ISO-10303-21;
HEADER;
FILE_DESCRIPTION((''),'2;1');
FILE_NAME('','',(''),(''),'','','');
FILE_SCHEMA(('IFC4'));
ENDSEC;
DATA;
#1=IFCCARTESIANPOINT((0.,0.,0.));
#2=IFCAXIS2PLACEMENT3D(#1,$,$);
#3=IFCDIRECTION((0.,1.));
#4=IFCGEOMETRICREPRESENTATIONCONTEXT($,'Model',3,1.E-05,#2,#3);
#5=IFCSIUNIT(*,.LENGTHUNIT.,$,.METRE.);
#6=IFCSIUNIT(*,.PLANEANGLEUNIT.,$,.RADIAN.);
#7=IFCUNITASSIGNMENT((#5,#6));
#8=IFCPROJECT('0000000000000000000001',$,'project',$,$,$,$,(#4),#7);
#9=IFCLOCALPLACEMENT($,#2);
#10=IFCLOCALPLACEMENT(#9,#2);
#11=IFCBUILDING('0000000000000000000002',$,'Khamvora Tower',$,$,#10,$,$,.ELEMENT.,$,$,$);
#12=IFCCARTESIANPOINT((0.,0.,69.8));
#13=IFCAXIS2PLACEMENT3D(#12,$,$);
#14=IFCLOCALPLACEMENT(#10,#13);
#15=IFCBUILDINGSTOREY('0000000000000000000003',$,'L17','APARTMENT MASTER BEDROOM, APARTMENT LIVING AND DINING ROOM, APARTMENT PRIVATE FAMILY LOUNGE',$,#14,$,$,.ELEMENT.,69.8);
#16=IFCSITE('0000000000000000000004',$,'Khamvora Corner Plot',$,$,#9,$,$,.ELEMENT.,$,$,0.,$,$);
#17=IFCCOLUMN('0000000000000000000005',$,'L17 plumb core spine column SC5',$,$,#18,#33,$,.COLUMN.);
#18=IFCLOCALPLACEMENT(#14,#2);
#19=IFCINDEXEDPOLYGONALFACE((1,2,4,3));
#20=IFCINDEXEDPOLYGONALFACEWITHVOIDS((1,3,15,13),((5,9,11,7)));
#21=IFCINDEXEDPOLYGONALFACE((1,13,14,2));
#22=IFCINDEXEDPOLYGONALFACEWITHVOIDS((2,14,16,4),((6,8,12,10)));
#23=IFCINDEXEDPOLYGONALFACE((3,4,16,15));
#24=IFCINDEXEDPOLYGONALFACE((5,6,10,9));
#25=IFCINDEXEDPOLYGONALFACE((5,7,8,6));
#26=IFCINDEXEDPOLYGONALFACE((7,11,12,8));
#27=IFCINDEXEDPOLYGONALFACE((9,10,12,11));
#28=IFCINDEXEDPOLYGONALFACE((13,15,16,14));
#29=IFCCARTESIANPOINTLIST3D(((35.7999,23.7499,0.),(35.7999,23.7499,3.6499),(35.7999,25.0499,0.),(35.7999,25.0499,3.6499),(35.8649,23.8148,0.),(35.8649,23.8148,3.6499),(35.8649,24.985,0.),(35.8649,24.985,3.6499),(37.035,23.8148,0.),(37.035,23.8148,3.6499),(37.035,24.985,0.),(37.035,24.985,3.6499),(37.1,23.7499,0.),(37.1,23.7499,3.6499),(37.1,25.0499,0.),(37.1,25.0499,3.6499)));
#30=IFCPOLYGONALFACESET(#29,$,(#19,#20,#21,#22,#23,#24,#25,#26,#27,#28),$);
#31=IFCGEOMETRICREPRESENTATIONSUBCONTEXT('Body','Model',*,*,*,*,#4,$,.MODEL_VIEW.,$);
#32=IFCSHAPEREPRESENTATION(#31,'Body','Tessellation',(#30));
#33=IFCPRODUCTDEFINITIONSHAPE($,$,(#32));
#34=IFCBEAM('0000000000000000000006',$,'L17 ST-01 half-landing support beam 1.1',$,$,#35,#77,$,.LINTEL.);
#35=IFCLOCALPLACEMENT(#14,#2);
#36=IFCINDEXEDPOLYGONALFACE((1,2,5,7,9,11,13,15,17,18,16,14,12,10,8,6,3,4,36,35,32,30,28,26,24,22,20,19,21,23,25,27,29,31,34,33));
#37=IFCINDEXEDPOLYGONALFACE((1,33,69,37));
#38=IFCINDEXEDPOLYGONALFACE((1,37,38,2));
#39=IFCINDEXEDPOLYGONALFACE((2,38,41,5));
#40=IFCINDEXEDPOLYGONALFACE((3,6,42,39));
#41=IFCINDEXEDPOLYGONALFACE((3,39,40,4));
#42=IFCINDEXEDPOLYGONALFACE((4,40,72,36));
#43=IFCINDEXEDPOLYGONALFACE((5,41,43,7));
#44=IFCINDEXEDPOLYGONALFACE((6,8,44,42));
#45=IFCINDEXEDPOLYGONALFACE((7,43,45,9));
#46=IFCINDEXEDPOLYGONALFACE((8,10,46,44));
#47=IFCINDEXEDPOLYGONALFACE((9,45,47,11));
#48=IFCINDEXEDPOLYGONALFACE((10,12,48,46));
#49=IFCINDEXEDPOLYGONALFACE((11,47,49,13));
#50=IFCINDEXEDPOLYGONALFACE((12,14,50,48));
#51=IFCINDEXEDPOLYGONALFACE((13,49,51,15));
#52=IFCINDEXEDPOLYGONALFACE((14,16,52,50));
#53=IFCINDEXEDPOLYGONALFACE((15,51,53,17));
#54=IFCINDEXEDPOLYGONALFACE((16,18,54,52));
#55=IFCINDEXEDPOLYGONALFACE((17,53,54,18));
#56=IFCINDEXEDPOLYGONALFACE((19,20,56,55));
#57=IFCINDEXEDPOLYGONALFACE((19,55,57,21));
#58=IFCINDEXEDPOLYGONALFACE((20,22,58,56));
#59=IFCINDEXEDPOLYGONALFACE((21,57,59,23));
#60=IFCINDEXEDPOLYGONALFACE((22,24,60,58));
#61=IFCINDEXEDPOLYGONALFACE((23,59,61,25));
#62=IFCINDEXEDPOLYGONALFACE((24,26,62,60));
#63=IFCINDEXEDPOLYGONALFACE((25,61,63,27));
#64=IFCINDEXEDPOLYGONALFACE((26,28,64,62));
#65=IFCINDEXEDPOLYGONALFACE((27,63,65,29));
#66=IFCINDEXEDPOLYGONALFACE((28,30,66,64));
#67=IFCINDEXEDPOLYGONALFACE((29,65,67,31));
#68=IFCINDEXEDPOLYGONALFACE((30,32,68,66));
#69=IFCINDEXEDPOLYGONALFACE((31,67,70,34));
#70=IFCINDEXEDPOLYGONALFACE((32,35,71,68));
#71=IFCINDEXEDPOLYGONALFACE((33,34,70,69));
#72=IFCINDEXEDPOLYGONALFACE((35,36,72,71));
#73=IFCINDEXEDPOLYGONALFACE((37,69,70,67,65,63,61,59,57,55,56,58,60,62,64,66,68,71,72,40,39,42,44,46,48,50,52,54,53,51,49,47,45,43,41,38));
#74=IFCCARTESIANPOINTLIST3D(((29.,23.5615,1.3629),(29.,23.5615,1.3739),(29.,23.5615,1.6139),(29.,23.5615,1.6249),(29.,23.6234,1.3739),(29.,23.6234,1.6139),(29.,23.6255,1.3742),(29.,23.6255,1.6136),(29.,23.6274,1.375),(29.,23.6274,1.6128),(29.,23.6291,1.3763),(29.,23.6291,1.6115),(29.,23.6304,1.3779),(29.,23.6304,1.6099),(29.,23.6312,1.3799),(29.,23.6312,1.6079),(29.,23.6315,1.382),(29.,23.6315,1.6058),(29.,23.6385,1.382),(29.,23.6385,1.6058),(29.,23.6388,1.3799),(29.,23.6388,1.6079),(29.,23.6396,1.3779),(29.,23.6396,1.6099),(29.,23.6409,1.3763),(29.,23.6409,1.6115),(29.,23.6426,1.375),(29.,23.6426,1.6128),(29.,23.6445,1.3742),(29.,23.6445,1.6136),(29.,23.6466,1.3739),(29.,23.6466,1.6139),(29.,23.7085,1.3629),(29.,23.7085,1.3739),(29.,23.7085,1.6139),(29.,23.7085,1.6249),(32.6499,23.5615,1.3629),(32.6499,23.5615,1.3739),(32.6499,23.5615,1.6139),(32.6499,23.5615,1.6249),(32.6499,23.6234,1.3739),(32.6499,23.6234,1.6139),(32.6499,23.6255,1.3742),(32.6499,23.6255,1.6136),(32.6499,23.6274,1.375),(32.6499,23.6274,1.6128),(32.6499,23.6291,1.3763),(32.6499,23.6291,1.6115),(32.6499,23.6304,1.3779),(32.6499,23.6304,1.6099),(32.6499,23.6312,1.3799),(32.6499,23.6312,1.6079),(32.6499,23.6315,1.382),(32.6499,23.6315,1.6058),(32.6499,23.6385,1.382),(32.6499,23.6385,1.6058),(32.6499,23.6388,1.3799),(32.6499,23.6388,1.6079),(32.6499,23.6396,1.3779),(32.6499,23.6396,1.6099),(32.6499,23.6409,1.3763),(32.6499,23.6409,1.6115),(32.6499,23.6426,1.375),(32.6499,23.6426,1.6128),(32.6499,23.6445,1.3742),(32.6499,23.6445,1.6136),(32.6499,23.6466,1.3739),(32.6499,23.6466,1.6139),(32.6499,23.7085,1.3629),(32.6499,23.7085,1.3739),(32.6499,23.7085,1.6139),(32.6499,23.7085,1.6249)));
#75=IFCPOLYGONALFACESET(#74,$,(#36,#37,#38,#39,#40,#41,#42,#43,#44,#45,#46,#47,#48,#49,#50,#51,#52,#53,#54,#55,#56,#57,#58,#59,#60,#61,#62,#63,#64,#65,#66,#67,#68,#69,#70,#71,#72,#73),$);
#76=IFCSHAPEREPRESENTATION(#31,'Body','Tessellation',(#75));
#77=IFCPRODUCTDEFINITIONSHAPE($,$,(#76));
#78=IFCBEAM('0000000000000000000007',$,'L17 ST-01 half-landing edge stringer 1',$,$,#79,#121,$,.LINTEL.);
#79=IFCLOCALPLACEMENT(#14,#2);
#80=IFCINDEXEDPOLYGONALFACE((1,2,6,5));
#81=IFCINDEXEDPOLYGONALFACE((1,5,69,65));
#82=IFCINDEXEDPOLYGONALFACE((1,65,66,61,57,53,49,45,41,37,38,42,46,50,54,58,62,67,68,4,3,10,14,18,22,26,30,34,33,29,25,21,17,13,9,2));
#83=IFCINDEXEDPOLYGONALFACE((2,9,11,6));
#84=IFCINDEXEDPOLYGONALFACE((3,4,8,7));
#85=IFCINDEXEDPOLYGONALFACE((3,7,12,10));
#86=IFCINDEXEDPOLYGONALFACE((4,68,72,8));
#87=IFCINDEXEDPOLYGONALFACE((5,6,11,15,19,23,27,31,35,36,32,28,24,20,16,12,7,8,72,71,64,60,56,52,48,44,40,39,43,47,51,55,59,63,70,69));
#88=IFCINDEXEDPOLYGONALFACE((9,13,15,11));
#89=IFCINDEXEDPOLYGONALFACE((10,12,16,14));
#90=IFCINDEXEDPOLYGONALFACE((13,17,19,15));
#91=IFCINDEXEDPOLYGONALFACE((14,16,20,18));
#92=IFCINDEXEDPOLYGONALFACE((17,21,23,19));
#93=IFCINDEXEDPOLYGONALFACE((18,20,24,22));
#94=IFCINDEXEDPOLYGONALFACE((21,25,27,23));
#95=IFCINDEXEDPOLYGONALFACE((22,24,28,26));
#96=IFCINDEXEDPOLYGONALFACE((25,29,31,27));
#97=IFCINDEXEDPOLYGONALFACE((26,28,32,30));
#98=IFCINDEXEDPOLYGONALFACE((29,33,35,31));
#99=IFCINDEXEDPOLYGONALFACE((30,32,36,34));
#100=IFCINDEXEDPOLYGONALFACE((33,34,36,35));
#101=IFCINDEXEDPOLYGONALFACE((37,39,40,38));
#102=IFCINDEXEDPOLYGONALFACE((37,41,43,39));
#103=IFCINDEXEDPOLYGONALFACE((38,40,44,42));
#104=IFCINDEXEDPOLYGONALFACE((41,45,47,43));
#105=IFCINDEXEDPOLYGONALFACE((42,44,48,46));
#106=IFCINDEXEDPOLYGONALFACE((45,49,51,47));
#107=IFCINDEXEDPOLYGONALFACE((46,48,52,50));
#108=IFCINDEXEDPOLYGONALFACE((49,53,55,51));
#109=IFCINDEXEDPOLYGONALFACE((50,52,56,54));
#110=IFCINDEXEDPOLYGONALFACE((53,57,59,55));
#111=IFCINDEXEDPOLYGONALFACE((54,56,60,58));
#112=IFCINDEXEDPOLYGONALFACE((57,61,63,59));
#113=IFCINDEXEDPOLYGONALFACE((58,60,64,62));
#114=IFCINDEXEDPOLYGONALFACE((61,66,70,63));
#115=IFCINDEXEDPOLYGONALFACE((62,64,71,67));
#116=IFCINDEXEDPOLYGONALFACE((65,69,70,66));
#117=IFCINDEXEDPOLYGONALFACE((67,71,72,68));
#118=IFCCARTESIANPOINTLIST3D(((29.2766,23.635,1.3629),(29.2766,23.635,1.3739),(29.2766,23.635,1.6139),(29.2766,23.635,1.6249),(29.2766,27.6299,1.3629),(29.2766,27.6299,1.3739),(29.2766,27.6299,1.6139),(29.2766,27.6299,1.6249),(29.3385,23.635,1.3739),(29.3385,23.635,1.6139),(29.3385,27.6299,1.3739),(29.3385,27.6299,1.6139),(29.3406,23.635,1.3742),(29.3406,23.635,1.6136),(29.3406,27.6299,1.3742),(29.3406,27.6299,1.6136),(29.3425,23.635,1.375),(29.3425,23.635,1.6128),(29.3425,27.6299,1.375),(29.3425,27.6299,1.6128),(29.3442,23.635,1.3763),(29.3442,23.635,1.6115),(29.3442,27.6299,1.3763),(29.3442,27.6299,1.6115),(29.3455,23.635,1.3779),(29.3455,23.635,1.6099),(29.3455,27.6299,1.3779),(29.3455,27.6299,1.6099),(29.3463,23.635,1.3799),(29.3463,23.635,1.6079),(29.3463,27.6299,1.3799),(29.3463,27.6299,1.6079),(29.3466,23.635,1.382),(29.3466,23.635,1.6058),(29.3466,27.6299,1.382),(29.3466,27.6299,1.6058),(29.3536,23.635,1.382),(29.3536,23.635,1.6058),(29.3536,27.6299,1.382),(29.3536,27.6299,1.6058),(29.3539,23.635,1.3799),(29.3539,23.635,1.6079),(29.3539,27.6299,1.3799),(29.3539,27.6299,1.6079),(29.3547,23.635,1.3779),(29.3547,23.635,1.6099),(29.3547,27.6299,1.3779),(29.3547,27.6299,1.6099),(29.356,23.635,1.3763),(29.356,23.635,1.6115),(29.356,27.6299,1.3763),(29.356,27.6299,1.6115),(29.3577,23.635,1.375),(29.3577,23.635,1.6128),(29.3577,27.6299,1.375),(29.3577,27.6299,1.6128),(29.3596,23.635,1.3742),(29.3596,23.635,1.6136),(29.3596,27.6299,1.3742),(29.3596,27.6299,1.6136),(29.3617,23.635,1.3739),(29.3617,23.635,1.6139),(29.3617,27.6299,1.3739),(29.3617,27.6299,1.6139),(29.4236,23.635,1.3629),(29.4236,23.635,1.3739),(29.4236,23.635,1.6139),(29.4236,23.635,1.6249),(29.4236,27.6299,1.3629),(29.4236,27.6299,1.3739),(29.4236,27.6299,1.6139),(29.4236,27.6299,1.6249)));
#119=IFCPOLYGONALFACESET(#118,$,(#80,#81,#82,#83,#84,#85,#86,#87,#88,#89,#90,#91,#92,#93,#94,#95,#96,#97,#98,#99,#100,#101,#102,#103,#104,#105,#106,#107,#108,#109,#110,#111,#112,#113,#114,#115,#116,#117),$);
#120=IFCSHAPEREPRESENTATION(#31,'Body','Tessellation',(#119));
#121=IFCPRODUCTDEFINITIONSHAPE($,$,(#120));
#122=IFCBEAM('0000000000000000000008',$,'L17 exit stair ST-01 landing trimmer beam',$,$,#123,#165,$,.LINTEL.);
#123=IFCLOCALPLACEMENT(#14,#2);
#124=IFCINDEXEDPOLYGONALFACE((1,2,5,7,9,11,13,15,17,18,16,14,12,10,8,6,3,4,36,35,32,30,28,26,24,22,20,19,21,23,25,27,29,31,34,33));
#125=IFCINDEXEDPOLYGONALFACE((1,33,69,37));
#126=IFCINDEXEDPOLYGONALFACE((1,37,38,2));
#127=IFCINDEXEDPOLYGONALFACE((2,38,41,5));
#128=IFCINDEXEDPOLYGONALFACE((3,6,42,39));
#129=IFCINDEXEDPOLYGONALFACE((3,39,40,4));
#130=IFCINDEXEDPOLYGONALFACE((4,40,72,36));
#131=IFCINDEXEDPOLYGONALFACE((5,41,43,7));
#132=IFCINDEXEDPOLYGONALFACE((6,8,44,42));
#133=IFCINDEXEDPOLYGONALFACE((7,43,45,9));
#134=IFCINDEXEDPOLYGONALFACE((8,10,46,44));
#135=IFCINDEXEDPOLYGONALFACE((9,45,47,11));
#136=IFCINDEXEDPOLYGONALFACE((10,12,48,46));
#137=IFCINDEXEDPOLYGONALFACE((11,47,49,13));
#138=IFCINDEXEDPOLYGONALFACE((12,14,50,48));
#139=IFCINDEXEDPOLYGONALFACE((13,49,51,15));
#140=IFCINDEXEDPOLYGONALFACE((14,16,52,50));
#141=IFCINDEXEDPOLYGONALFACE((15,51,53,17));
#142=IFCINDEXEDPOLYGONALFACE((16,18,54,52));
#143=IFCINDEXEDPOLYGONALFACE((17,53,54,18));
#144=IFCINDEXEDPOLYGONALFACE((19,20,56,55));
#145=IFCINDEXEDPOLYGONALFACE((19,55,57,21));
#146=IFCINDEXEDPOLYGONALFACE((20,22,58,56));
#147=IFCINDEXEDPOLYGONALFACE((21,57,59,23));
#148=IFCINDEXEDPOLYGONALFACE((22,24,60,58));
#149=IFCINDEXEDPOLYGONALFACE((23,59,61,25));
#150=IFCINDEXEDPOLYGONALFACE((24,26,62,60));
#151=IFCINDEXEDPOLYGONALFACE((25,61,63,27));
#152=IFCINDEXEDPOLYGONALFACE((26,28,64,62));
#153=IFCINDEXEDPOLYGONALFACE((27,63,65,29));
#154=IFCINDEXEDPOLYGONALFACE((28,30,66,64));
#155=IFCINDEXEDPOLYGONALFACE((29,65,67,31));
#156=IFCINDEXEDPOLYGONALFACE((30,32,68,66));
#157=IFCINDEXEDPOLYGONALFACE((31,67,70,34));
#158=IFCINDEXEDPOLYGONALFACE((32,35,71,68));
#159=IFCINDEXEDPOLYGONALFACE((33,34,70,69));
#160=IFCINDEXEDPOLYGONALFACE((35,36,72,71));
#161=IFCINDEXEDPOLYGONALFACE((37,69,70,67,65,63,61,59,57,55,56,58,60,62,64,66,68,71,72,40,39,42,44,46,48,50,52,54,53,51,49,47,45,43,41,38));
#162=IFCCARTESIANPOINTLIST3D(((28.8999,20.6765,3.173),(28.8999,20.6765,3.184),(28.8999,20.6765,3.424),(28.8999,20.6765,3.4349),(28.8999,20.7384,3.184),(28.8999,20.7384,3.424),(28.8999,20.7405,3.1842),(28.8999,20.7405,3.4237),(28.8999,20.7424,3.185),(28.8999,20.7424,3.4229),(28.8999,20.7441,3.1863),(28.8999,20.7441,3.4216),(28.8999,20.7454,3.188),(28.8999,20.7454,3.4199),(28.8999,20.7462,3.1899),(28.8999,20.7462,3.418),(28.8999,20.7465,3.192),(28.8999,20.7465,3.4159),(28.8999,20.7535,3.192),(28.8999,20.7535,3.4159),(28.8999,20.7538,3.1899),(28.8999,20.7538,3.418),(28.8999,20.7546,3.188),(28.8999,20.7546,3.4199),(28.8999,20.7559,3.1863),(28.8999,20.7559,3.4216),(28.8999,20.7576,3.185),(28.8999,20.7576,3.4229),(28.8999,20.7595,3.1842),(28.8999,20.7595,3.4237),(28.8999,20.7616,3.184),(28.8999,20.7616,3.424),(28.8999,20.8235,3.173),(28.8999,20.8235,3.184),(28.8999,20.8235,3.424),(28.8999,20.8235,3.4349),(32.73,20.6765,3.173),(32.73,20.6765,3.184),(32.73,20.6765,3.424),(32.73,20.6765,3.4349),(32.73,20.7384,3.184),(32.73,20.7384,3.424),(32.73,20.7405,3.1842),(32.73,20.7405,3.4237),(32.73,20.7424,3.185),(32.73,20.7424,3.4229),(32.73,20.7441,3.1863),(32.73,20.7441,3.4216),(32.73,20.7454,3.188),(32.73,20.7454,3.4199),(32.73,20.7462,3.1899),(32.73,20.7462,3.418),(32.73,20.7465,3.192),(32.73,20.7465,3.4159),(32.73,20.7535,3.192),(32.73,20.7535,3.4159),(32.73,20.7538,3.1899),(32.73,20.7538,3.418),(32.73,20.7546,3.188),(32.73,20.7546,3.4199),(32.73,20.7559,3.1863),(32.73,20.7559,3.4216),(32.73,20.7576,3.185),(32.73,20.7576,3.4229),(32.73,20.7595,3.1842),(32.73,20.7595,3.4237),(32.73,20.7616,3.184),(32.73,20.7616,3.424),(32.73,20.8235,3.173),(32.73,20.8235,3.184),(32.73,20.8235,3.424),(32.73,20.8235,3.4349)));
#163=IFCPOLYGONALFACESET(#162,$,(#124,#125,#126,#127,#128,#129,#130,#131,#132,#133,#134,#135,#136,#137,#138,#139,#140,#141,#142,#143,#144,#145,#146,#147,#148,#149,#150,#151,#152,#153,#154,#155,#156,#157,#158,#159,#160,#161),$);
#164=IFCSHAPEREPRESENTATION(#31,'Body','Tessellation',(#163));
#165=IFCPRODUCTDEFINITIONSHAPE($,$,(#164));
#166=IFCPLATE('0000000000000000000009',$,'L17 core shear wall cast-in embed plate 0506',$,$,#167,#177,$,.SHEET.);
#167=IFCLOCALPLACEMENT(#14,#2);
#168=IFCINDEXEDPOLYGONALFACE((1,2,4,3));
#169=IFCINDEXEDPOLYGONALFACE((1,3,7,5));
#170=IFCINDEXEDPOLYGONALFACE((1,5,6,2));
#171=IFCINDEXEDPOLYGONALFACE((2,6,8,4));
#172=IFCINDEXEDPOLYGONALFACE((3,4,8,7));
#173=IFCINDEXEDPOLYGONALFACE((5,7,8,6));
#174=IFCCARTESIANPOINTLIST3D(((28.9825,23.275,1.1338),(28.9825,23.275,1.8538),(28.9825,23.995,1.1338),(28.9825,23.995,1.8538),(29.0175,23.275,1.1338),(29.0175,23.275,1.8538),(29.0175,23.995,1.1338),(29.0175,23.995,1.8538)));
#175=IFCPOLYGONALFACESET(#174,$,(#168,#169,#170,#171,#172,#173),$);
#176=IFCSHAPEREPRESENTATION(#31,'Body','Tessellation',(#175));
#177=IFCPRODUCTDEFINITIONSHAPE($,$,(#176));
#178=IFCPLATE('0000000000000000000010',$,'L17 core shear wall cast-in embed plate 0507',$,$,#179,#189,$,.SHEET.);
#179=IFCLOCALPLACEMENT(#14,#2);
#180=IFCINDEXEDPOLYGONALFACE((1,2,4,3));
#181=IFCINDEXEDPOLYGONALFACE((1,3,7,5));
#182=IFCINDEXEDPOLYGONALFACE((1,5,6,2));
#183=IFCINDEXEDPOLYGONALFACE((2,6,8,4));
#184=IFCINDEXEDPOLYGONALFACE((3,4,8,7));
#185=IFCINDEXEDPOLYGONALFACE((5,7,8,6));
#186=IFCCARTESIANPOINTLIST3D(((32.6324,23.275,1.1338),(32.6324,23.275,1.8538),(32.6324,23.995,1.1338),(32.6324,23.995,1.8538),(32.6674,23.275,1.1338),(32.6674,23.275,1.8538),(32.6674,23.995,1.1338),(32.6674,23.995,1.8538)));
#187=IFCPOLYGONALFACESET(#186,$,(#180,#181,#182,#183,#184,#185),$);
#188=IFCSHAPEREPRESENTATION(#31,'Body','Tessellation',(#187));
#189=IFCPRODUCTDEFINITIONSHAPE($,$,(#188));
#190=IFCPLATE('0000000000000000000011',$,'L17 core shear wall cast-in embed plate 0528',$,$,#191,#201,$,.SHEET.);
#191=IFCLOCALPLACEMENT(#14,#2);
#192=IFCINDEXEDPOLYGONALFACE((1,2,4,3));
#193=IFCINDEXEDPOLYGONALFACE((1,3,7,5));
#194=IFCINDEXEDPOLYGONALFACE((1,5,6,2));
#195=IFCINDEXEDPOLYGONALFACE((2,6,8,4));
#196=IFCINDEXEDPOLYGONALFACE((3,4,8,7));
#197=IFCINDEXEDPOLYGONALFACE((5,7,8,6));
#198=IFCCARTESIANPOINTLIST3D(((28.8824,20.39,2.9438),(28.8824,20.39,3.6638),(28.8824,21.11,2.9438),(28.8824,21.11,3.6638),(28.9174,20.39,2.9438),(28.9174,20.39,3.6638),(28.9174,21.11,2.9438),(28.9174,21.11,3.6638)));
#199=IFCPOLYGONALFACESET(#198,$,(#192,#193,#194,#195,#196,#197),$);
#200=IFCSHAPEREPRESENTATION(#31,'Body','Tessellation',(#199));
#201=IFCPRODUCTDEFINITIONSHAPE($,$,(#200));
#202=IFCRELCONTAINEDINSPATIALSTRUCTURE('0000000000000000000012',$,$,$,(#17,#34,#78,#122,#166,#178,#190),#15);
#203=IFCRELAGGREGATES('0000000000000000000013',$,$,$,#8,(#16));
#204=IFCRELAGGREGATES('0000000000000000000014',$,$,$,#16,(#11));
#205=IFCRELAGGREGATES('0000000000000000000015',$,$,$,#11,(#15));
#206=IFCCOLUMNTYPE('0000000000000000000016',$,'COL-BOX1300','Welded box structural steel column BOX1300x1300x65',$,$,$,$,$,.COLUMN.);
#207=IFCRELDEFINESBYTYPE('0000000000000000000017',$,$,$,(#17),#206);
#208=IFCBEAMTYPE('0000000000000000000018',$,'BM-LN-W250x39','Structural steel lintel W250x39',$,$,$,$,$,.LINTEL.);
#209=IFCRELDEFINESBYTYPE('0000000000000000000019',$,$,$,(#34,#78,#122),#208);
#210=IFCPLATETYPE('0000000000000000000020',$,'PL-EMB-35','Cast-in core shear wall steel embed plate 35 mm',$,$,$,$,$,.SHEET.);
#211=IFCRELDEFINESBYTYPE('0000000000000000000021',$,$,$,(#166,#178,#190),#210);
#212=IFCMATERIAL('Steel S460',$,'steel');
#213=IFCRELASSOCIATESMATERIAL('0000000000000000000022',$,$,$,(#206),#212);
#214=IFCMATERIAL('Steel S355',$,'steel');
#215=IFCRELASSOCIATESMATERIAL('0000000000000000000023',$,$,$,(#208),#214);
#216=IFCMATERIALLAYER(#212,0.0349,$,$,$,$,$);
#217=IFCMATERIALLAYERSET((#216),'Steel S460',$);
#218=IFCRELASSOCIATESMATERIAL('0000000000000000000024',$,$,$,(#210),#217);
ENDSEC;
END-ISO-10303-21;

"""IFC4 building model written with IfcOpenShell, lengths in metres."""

from ifc_helpers import new_model, si_unit, direction, frame, origin, origin_2d, place, context, subcontext, project, spatial, rectangle, hollow_rectangle, i_section, extrude, material, layer, layer_set, material_profile, profile_set, type_object, element, save


model = new_model("IFC4")

# Units and contexts
model_context = context("Model", 3, precision=1e-05, world=origin(), true_north=direction((0.0, 1.0)))
body_context = subcontext(model_context, "Body", "Model", "MODEL_VIEW")
ifc_project = project(units=[si_unit("LENGTHUNIT", "METRE"), si_unit("PLANEANGLEUNIT", "RADIAN")], contexts=[model_context])

# Site, building, storey
site_placement = place(None, origin())
site = spatial("IfcSite", under=ifc_project, at=site_placement, Name="Khamvora Corner Plot", CompositionType="ELEMENT", RefElevation=0.0)
building_placement = place(site_placement, origin())
building = spatial("IfcBuilding", under=site, at=building_placement, Name="Khamvora Tower", CompositionType="ELEMENT")
storey_placement = place(building_placement, frame((0.0, 0.0, 69.8)))
storey = spatial("IfcBuildingStorey", under=building, at=storey_placement, Name="L17", Description="APARTMENT MASTER BEDROOM, APARTMENT LIVING AND DINING ROOM, APARTMENT PRIVATE FAMILY LOUNGE", CompositionType="ELEMENT", Elevation=69.8)

# Column
ifc_material_1 = material(Name="Steel S460", Category="steel")
ifc_material_profile_1 = material_profile(ifc_material_1, hollow_rectangle(XDim=1.3, YDim=1.3, WallThickness=0.0649, at=origin_2d()), Name="BOX1300x1300x65")
ifc_profile_set_1 = profile_set([ifc_material_profile_1], Name="Steel S460")
column_type = type_object("IfcColumnType", Name="COL-BOX1300", Description="Welded box structural steel column BOX1300x1300x65", PredefinedType="COLUMN", material=ifc_profile_set_1)
column_placement = place(storey_placement, frame((36.45, 24.3999, 0.0), z_axis=(0.0, 0.0, 1.0), x_axis=(1.0, 0.0, 0.0)))
element("IfcColumn", 1, at=column_placement, inside=storey, type_object=column_type, Name="L17 plumb core spine column SC5", PredefinedType="COLUMN", context=body_context, shape_type="SweptSolid", body=[
    extrude(hollow_rectangle(XDim=1.3, YDim=1.3, WallThickness=0.0649, at=origin_2d()), origin(), (0.0, 0.0, 1.0), 3.6499),
])

# Beams
ifc_material_2 = material(Name="Steel S355", Category="steel")
ifc_material_profile_2 = material_profile(ifc_material_2, i_section(OverallWidth=0.147, OverallDepth=0.262, WebThickness=0.0071, FlangeThickness=0.011, FilletRadius=0.0081, at=origin_2d()), Name="W250x39")
ifc_profile_set_2 = profile_set([ifc_material_profile_2], Name="Steel S355")
beam_type = type_object("IfcBeamType", Name="BM-LN-W250x39", Description="Structural steel lintel W250x39", PredefinedType="LINTEL", material=ifc_profile_set_2)
beam_1_placement = place(storey_placement, frame((29.0, 23.635, 1.4939), z_axis=(1.0, 0.0, 0.0), x_axis=(0.0, 1.0, 0.0)))
element("IfcBeam", 2, at=beam_1_placement, inside=storey, type_object=beam_type, Name="L17 ST-01 half-landing support beam 1.1", PredefinedType="LINTEL", context=body_context, shape_type="SweptSolid", body=[
    extrude(i_section(OverallWidth=0.147, OverallDepth=0.262, WebThickness=0.0071, FlangeThickness=0.011, FilletRadius=0.0081, at=origin_2d()), origin(), (0.0, 0.0, 1.0), 3.6499),
])
beam_2_placement = place(storey_placement, frame((29.3501, 23.635, 1.4939), z_axis=(0.0, 1.0, 0.0), x_axis=(-1.0, 0.0, 0.0)))
element("IfcBeam", 3, at=beam_2_placement, inside=storey, type_object=beam_type, Name="L17 ST-01 half-landing edge stringer 1", PredefinedType="LINTEL", context=body_context, shape_type="SweptSolid", body=[
    extrude(i_section(OverallWidth=0.147, OverallDepth=0.262, WebThickness=0.0071, FlangeThickness=0.011, FilletRadius=0.0081, at=origin_2d()), origin(), (0.0, 0.0, 1.0), 3.9949),
])
beam_3_placement = place(storey_placement, frame((28.8999, 20.75, 3.304), z_axis=(1.0, 0.0, 0.0), x_axis=(0.0, 1.0, 0.0)))
element("IfcBeam", 4, at=beam_3_placement, inside=storey, type_object=beam_type, Name="L17 exit stair ST-01 landing trimmer beam", PredefinedType="LINTEL", context=body_context, shape_type="SweptSolid", body=[
    extrude(i_section(OverallWidth=0.147, OverallDepth=0.262, WebThickness=0.0071, FlangeThickness=0.011, FilletRadius=0.0081, at=origin_2d()), origin(), (0.0, 0.0, 1.0), 3.8301),
])

# Plates
ifc_layer_1 = layer(ifc_material_1, 0.0349)
ifc_layer_set_1 = layer_set([ifc_layer_1], Name="Steel S460")
plate_type = type_object("IfcPlateType", Name="PL-EMB-35", Description="Cast-in core shear wall steel embed plate 35 mm", PredefinedType="SHEET", material=ifc_layer_set_1)
for number, where, z_axis, x_axis, name in (
    (5, (29.0, 23.635, 1.1338), (0.0, 0.0, 1.0), (1.0, 0.0, 0.0), "L17 core shear wall cast-in embed plate 0506"),
    (6, (32.6499, 23.635, 1.1338), (0.0, 0.0, 1.0), (1.0, 0.0, 0.0), "L17 core shear wall cast-in embed plate 0507"),
    (7, (28.8999, 20.75, 2.9438), (0.0, 0.0, 1.0), (1.0, 0.0, 0.0), "L17 core shear wall cast-in embed plate 0528"),
):
    element("IfcPlate", number, at=place(storey_placement, frame(where, z_axis=z_axis, x_axis=x_axis)), inside=storey, type_object=plate_type, Name=name, PredefinedType="SHEET", context=body_context, shape_type="SweptSolid", body=[
        extrude(rectangle(XDim=0.0349, YDim=0.72, at=origin_2d()), origin(), (0.0, 0.0, 1.0), 0.72),
    ])

save(model, "model.ifc")
